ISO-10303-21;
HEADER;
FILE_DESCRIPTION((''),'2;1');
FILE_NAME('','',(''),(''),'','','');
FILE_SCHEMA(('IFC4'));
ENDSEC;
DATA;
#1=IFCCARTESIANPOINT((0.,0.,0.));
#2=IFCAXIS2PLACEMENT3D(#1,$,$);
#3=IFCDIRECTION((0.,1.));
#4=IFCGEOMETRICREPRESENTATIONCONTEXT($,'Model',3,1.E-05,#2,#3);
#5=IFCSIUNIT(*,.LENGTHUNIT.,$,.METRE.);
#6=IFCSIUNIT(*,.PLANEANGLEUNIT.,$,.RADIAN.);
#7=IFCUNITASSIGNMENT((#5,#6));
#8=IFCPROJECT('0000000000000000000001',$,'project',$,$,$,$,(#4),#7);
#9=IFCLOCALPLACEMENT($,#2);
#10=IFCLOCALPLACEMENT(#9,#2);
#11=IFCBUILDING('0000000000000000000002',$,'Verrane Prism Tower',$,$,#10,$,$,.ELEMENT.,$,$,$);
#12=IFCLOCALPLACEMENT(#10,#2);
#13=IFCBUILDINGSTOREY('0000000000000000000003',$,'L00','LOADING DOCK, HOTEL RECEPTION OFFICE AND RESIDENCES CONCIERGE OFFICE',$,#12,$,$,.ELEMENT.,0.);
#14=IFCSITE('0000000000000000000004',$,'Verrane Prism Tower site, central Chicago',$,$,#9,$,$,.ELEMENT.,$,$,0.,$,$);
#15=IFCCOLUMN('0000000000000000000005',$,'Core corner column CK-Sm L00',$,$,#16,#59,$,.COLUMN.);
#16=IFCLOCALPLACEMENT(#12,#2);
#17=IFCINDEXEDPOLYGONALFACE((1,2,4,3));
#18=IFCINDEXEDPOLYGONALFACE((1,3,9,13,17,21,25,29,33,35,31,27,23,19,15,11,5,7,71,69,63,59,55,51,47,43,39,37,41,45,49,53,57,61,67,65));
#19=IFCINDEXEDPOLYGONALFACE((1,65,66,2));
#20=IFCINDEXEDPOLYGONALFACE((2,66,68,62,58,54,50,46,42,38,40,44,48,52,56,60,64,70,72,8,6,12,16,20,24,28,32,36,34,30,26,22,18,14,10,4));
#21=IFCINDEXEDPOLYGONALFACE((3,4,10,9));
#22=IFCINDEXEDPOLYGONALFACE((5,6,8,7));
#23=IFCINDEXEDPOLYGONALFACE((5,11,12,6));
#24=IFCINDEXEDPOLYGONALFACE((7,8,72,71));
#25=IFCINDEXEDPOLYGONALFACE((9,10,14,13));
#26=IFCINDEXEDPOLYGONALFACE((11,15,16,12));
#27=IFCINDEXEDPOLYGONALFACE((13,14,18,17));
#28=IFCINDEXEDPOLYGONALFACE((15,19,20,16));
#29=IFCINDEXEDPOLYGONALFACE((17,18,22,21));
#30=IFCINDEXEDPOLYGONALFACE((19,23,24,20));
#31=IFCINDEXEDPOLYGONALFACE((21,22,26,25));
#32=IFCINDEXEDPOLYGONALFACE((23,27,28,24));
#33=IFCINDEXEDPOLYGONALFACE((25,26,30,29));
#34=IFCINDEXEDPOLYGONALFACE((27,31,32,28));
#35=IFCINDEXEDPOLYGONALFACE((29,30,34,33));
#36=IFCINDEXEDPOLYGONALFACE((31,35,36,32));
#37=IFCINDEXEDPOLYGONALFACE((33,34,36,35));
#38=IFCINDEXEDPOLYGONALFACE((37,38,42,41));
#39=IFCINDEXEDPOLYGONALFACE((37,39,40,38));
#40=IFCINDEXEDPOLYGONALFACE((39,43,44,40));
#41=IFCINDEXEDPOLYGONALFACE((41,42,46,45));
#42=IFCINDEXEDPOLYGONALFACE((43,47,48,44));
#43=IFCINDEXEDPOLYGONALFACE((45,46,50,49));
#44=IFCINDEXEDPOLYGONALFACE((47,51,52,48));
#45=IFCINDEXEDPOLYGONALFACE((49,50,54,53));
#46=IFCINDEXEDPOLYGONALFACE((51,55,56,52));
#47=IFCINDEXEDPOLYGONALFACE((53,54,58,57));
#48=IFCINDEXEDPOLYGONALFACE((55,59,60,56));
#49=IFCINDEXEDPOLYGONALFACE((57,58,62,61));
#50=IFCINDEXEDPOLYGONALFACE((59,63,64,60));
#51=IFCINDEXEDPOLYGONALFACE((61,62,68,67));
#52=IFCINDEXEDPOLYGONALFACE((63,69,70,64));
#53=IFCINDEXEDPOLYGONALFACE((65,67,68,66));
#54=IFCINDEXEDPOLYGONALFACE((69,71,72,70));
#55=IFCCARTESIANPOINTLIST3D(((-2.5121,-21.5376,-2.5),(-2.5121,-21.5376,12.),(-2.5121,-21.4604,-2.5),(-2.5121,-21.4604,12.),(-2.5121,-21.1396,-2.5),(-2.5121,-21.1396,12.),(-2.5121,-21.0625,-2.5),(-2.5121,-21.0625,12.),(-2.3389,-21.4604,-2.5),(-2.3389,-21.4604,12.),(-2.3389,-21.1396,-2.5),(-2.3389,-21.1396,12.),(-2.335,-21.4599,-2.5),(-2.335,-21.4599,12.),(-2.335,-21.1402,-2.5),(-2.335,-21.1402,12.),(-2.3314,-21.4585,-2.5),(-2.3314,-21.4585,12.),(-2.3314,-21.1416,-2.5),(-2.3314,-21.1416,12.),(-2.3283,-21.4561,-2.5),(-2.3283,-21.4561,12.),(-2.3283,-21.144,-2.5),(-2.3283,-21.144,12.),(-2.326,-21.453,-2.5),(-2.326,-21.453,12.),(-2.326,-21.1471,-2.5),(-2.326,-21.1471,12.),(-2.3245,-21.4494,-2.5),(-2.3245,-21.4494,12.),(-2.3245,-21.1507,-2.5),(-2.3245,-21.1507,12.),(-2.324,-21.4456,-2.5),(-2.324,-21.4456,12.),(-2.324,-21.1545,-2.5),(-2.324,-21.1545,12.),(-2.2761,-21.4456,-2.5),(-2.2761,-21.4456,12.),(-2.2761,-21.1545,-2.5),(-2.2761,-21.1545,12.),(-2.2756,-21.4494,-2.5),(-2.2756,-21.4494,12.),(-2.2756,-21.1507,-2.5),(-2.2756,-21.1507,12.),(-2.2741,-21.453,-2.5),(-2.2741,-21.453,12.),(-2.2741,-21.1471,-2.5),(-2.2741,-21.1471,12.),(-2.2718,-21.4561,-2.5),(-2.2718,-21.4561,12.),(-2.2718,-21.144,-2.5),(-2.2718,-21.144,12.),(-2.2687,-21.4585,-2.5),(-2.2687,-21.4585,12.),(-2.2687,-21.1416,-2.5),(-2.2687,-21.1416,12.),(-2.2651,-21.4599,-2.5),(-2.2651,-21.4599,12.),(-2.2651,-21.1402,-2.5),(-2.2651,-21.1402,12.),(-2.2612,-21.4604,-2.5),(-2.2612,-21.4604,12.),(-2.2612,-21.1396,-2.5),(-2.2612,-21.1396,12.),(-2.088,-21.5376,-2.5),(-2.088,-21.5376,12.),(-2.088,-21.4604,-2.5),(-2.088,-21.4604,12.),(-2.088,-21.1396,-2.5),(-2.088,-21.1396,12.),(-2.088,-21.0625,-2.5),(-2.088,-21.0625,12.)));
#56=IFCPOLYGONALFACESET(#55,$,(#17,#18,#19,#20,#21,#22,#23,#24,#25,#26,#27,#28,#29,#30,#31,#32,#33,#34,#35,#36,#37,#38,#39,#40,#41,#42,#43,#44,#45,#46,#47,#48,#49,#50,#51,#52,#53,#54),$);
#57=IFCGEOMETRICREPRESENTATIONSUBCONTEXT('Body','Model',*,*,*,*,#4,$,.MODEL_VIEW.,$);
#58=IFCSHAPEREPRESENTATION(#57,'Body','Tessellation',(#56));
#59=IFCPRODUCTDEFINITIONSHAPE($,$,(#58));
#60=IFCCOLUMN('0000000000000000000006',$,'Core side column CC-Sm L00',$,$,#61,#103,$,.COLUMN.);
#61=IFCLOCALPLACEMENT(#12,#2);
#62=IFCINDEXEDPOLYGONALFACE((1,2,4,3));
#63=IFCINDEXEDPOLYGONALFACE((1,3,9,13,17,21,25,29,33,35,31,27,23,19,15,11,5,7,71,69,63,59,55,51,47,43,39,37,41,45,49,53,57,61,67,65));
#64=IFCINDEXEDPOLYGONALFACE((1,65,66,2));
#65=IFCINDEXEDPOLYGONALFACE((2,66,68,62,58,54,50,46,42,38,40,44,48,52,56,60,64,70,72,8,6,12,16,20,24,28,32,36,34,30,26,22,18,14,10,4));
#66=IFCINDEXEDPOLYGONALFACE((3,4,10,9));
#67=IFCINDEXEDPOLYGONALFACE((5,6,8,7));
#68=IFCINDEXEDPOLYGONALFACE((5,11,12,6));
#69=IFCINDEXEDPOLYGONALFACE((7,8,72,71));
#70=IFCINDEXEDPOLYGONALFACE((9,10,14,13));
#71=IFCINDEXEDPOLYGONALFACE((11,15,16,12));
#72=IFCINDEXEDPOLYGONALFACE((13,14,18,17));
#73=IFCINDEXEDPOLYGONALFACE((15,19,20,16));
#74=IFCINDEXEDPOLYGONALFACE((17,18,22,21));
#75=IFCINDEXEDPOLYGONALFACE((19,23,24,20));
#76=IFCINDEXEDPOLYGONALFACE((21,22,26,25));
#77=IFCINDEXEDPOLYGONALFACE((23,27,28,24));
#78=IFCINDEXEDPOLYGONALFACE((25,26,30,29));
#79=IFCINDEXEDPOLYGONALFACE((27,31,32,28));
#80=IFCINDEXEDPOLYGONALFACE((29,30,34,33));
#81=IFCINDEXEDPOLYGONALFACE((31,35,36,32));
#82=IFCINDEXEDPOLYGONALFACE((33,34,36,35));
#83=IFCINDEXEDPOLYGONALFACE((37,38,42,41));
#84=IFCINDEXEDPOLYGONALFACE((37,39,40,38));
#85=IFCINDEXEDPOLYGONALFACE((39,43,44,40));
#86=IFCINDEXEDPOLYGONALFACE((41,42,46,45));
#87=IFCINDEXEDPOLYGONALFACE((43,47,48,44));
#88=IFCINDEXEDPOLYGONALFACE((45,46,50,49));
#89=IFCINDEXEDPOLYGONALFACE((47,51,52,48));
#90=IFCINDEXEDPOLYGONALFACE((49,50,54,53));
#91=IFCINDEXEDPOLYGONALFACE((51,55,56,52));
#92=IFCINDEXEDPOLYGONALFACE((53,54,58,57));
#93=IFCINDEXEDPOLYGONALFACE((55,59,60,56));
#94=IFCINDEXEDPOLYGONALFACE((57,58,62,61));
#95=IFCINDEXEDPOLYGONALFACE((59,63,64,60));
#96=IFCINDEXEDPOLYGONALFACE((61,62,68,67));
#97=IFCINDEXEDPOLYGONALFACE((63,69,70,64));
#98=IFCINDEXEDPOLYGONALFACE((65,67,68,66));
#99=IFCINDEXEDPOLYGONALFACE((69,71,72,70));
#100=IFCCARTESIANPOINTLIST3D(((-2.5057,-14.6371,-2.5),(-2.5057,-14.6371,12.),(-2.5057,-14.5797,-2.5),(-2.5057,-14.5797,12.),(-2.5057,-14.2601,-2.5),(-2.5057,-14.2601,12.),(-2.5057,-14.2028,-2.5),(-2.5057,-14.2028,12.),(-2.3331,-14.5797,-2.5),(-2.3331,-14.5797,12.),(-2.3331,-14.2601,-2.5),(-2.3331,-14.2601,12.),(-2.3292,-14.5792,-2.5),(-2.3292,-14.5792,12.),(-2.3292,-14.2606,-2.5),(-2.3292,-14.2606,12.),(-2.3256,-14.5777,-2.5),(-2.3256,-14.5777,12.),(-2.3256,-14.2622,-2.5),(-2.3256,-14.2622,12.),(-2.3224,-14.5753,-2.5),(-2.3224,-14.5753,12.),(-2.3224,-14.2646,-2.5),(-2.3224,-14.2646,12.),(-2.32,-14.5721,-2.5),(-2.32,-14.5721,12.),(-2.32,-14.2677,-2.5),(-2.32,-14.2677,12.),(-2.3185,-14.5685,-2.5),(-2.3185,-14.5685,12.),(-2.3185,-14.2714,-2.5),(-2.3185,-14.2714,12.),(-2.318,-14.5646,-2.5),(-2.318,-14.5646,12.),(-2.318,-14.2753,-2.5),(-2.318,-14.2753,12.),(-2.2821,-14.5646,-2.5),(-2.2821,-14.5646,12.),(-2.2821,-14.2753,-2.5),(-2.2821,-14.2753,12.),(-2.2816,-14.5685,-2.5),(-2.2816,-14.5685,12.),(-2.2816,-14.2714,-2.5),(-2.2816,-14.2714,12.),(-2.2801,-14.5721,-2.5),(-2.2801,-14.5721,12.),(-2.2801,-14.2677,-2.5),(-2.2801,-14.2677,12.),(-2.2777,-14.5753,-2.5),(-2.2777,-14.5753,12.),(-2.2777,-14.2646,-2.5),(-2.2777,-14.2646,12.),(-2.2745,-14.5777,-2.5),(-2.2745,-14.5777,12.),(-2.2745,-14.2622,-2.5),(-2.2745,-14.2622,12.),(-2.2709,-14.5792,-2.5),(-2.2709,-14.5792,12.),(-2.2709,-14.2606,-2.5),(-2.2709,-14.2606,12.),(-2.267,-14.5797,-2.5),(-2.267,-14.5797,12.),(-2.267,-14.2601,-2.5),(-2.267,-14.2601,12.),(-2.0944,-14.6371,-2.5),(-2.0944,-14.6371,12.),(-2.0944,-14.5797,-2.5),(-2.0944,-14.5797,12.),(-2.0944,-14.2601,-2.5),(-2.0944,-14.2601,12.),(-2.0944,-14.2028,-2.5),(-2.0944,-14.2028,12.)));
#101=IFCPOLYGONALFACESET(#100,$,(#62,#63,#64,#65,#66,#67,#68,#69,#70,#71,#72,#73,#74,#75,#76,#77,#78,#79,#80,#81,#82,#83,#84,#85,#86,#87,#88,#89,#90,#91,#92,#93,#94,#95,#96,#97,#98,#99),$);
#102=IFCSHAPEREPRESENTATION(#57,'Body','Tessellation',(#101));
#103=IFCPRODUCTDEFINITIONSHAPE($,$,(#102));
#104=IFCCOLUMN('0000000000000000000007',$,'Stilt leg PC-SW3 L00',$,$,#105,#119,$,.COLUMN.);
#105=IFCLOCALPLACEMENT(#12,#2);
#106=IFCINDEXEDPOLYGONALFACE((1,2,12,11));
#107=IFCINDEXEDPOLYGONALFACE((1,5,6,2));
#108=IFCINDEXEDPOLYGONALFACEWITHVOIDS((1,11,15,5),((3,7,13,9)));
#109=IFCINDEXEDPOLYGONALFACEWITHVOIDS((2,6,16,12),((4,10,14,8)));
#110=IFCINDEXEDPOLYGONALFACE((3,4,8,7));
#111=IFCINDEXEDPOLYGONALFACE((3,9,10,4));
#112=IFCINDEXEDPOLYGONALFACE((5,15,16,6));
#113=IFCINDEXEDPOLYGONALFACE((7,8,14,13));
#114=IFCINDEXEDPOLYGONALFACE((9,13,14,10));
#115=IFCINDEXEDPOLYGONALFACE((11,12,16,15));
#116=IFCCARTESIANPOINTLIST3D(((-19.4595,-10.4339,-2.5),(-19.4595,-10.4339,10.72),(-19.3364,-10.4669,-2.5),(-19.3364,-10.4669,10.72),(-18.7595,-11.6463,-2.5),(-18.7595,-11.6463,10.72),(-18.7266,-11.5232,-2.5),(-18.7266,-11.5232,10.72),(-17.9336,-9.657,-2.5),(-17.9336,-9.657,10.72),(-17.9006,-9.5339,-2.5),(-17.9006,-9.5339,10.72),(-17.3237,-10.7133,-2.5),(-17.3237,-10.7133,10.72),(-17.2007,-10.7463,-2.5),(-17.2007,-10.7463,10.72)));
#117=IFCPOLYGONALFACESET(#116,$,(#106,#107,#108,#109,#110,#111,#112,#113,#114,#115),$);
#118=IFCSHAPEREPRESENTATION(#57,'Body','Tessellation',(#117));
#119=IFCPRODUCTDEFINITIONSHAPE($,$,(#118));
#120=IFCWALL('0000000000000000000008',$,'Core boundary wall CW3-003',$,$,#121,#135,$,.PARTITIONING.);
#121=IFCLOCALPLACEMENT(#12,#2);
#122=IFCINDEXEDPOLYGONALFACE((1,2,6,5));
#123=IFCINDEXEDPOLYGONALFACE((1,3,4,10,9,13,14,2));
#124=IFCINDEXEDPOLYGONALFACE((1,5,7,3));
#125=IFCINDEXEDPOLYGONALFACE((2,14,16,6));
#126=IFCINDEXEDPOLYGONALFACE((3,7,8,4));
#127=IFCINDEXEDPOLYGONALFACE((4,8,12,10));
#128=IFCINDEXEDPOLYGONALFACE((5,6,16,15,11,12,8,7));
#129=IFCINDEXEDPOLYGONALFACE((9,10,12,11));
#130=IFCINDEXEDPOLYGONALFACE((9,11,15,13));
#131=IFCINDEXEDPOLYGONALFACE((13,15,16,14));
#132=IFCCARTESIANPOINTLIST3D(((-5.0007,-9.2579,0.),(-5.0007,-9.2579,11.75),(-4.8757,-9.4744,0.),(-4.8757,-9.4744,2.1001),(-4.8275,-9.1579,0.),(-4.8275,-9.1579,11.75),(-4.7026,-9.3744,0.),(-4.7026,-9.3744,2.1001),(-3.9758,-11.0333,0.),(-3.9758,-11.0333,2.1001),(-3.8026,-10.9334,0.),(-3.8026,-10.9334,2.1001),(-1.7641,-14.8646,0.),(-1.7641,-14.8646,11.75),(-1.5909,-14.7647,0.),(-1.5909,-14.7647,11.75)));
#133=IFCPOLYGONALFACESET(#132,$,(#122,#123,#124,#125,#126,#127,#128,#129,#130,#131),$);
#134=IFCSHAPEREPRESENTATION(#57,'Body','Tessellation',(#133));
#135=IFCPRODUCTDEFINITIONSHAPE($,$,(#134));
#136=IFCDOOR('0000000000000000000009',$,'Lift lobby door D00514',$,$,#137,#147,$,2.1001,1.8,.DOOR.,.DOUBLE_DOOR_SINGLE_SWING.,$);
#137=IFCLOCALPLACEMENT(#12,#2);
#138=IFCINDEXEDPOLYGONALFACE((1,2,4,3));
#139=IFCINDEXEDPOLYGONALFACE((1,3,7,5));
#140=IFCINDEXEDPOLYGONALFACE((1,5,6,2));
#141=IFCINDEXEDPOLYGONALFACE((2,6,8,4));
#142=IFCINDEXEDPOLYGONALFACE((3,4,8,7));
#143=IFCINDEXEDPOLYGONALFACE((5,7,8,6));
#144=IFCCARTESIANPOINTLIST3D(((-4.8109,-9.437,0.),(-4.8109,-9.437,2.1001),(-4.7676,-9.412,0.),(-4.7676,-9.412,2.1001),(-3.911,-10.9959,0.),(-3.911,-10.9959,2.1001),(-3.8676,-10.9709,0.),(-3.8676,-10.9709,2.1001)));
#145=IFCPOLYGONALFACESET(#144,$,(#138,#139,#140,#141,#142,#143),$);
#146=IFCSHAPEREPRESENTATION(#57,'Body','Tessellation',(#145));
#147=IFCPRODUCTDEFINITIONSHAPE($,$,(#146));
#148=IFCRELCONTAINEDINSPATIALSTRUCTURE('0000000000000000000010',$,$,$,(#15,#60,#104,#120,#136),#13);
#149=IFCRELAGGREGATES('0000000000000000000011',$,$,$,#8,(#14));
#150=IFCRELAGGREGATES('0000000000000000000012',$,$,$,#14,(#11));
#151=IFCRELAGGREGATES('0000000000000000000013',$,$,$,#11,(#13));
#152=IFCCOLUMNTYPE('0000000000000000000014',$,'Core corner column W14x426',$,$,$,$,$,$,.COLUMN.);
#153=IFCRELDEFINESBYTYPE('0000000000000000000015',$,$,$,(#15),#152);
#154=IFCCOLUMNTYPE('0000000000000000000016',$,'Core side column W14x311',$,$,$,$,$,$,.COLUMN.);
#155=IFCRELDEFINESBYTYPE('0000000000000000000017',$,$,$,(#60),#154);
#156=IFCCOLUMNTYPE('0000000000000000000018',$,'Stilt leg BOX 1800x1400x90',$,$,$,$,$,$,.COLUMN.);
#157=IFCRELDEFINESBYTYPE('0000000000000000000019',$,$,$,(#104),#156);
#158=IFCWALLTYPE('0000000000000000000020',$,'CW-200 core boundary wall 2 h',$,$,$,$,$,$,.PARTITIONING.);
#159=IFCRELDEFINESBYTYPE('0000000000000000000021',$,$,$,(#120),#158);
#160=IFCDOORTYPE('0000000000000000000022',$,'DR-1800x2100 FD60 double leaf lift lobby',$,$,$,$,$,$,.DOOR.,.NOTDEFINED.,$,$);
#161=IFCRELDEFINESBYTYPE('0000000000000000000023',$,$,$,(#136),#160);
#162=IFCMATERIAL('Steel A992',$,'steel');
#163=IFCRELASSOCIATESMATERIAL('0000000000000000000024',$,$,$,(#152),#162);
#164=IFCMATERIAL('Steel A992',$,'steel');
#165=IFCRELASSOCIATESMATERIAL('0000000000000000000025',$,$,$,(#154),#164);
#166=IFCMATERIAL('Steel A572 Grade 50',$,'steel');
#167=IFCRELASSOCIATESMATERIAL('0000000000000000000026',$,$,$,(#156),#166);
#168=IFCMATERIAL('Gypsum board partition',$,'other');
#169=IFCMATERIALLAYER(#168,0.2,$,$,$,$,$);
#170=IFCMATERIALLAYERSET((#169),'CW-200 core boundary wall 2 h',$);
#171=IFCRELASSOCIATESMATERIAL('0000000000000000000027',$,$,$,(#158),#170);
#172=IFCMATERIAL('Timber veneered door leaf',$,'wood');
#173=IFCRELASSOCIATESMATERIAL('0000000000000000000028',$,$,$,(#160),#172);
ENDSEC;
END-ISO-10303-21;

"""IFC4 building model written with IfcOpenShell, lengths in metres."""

from ifc_helpers import new_model, si_unit, direction, frame, frame_2d, origin, origin_2d, place, context, subcontext, project, spatial, rectangle, hollow_rectangle, i_section, extrude, material, layer, layer_set, material_profile, profile_set, type_object, element, fill, save


model = new_model("IFC4")

# Units and contexts
model_context = context("Model", 3, precision=1e-05, world=origin(), true_north=direction((0.0, 1.0)))
body_context = subcontext(model_context, "Body", "Model", "MODEL_VIEW")
ifc_project = project(units=[si_unit("LENGTHUNIT", "METRE"), si_unit("PLANEANGLEUNIT", "RADIAN")], contexts=[model_context])

# Site, building, storey
site_placement = place(None, origin())
site = spatial("IfcSite", under=ifc_project, at=site_placement, Name="Verrane Prism Tower site, central Chicago", CompositionType="ELEMENT", RefElevation=0.0)
building_placement = place(site_placement, origin())
building = spatial("IfcBuilding", under=site, at=building_placement, Name="Verrane Prism Tower", CompositionType="ELEMENT")
storey_placement = place(building_placement, origin())
storey = spatial("IfcBuildingStorey", under=building, at=storey_placement, Name="L00", Description="LOADING DOCK, HOTEL RECEPTION OFFICE AND RESIDENCES CONCIERGE OFFICE", CompositionType="ELEMENT", Elevation=0.0)

# Columns
ifc_material_1 = material(Name="Steel A992", Category="steel")
ifc_material_profile_1 = material_profile(ifc_material_1, i_section(OverallWidth=0.4241, OverallDepth=0.4751, WebThickness=0.0479, FlangeThickness=0.0771, FilletRadius=0.0149, at=origin_2d()), Name="W14x426")
ifc_profile_set_1 = profile_set([ifc_material_profile_1], Name="Steel A992")
column_type_1 = type_object("IfcColumnType", Name="Core corner column W14x426", PredefinedType="COLUMN", material=ifc_profile_set_1)
column_1_placement = place(storey_placement, frame((-2.3, -21.3, -2.5), z_axis=(0.0, 0.0, 1.0), x_axis=(-1.0, 0.0, 0.0)))
element("IfcColumn", 1, at=column_1_placement, inside=storey, type_object=column_type_1, Name="Core corner column CK-Sm L00", PredefinedType="COLUMN", context=body_context, shape_type="SweptSolid", body=[
    extrude(i_section(OverallWidth=0.4241, OverallDepth=0.4751, WebThickness=0.0479, FlangeThickness=0.0771, FilletRadius=0.0149, at=origin_2d()), origin(), (0.0, 0.0, 1.0), 14.5),
])
ifc_material_2 = material(Name="Steel A992", Category="steel")
ifc_material_profile_2 = material_profile(ifc_material_2, i_section(OverallWidth=0.4114, OverallDepth=0.4343, WebThickness=0.0359, FlangeThickness=0.0574, FilletRadius=0.0151, at=origin_2d()), Name="W14x311")
ifc_profile_set_2 = profile_set([ifc_material_profile_2], Name="Steel A992")
column_type_2 = type_object("IfcColumnType", Name="Core side column W14x311", PredefinedType="COLUMN", material=ifc_profile_set_2)
column_2_placement = place(storey_placement, frame((-2.3, -14.4199, -2.5), z_axis=(0.0, 0.0, 1.0), x_axis=(1.0, 0.0, 0.0)))
element("IfcColumn", 2, at=column_2_placement, inside=storey, type_object=column_type_2, Name="Core side column CC-Sm L00", PredefinedType="COLUMN", context=body_context, shape_type="SweptSolid", body=[
    extrude(i_section(OverallWidth=0.4114, OverallDepth=0.4343, WebThickness=0.0359, FlangeThickness=0.0574, FilletRadius=0.0151, at=origin_2d()), origin(), (0.0, 0.0, 1.0), 14.5),
])
ifc_material_3 = material(Name="Steel A572 Grade 50", Category="steel")
ifc_material_profile_3 = material_profile(ifc_material_3, hollow_rectangle(XDim=1.3999, YDim=1.8, WallThickness=0.0901, at=origin_2d()), Name="BOX 1800x1400x90")
ifc_profile_set_3 = profile_set([ifc_material_profile_3], Name="Steel A572 Grade 50")
column_type_3 = type_object("IfcColumnType", Name="Stilt leg BOX 1800x1400x90", PredefinedType="COLUMN", material=ifc_profile_set_3)
column_3_placement = place(storey_placement, frame((-18.3301, -10.5901, -2.5), z_axis=(0.0, 0.0, 1.0), x_axis=(-0.5, 0.866025, 0.0)))
element("IfcColumn", 3, at=column_3_placement, inside=storey, type_object=column_type_3, Name="Stilt leg PC-SW3 L00", PredefinedType="COLUMN", context=body_context, shape_type="SweptSolid", body=[
    extrude(hollow_rectangle(XDim=1.3999, YDim=1.8, WallThickness=0.0901, at=origin_2d()), origin(), (0.0, 0.0, 1.0), 13.22),
])

# Wall, opening, door
ifc_material_4 = material(Name="Gypsum board partition", Category="other")
ifc_layer_1 = layer(ifc_material_4, 0.2)
ifc_layer_set_1 = layer_set([ifc_layer_1], Name="CW-200 core boundary wall 2 h")
wall_type_1 = type_object("IfcWallType", Name="CW-200 core boundary wall 2 h", PredefinedType="PARTITIONING", material=ifc_layer_set_1)
wall_1_placement = place(storey_placement, frame((-4.9141, -9.208, 0.0), z_axis=(0.0, 0.0, 1.0), x_axis=(0.499948, -0.866056, 0.0)))
wall_1 = element("IfcWall", 4, at=wall_1_placement, inside=storey, type_object=wall_type_1, Name="Core boundary wall CW3-003", PredefinedType="PARTITIONING", context=body_context, shape_type="SweptSolid", body=[
    extrude(rectangle(XDim=6.4739, YDim=0.2, at=frame_2d((3.2368, 0.0))), origin(), (0.0, 0.0, 1.0), 11.75),
])
opening_1_placement = place(wall_1_placement, frame((0.25, 0.0, 0.0)))
opening_1 = element("IfcOpeningElement", 5, at=opening_1_placement, cuts=wall_1, PredefinedType="OPENING", context=body_context, shape_type="SweptSolid", body=[
    extrude(rectangle(XDim=1.8, YDim=2.1001, at=frame_2d((0.8999, 1.05))), frame((0.0, 0.1099, 0.0), z_axis=(0.0, -1.0, 0.0), x_axis=(1.0, 0.0, 0.0)), (0.0, 0.0, 1.0), 0.22),
])
ifc_material_5 = material(Name="Timber veneered door leaf", Category="wood")
door_type_1 = type_object("IfcDoorType", Name="DR-1800x2100 FD60 double leaf lift lobby", OperationType="NOTDEFINED", PredefinedType="DOOR", material=ifc_material_5)
door_1_placement = place(opening_1_placement, origin())
door_1 = element("IfcDoor", 6, at=door_1_placement, inside=storey, type_object=door_type_1, Name="Lift lobby door D00514", OperationType="DOUBLE_DOOR_SINGLE_SWING", OverallHeight=2.1001, OverallWidth=1.8, PredefinedType="DOOR", context=body_context, shape_type="SweptSolid", body=[
    extrude(rectangle(XDim=1.8, YDim=2.1001, at=frame_2d((0.8999, 1.05))), frame((0.0, 0.0249, 0.0), z_axis=(0.0, -1.0, 0.0), x_axis=(1.0, 0.0, 0.0)), (0.0, 0.0, 1.0), 0.05),
])
fill(opening_1, door_1)

save(model, "model.ifc")
